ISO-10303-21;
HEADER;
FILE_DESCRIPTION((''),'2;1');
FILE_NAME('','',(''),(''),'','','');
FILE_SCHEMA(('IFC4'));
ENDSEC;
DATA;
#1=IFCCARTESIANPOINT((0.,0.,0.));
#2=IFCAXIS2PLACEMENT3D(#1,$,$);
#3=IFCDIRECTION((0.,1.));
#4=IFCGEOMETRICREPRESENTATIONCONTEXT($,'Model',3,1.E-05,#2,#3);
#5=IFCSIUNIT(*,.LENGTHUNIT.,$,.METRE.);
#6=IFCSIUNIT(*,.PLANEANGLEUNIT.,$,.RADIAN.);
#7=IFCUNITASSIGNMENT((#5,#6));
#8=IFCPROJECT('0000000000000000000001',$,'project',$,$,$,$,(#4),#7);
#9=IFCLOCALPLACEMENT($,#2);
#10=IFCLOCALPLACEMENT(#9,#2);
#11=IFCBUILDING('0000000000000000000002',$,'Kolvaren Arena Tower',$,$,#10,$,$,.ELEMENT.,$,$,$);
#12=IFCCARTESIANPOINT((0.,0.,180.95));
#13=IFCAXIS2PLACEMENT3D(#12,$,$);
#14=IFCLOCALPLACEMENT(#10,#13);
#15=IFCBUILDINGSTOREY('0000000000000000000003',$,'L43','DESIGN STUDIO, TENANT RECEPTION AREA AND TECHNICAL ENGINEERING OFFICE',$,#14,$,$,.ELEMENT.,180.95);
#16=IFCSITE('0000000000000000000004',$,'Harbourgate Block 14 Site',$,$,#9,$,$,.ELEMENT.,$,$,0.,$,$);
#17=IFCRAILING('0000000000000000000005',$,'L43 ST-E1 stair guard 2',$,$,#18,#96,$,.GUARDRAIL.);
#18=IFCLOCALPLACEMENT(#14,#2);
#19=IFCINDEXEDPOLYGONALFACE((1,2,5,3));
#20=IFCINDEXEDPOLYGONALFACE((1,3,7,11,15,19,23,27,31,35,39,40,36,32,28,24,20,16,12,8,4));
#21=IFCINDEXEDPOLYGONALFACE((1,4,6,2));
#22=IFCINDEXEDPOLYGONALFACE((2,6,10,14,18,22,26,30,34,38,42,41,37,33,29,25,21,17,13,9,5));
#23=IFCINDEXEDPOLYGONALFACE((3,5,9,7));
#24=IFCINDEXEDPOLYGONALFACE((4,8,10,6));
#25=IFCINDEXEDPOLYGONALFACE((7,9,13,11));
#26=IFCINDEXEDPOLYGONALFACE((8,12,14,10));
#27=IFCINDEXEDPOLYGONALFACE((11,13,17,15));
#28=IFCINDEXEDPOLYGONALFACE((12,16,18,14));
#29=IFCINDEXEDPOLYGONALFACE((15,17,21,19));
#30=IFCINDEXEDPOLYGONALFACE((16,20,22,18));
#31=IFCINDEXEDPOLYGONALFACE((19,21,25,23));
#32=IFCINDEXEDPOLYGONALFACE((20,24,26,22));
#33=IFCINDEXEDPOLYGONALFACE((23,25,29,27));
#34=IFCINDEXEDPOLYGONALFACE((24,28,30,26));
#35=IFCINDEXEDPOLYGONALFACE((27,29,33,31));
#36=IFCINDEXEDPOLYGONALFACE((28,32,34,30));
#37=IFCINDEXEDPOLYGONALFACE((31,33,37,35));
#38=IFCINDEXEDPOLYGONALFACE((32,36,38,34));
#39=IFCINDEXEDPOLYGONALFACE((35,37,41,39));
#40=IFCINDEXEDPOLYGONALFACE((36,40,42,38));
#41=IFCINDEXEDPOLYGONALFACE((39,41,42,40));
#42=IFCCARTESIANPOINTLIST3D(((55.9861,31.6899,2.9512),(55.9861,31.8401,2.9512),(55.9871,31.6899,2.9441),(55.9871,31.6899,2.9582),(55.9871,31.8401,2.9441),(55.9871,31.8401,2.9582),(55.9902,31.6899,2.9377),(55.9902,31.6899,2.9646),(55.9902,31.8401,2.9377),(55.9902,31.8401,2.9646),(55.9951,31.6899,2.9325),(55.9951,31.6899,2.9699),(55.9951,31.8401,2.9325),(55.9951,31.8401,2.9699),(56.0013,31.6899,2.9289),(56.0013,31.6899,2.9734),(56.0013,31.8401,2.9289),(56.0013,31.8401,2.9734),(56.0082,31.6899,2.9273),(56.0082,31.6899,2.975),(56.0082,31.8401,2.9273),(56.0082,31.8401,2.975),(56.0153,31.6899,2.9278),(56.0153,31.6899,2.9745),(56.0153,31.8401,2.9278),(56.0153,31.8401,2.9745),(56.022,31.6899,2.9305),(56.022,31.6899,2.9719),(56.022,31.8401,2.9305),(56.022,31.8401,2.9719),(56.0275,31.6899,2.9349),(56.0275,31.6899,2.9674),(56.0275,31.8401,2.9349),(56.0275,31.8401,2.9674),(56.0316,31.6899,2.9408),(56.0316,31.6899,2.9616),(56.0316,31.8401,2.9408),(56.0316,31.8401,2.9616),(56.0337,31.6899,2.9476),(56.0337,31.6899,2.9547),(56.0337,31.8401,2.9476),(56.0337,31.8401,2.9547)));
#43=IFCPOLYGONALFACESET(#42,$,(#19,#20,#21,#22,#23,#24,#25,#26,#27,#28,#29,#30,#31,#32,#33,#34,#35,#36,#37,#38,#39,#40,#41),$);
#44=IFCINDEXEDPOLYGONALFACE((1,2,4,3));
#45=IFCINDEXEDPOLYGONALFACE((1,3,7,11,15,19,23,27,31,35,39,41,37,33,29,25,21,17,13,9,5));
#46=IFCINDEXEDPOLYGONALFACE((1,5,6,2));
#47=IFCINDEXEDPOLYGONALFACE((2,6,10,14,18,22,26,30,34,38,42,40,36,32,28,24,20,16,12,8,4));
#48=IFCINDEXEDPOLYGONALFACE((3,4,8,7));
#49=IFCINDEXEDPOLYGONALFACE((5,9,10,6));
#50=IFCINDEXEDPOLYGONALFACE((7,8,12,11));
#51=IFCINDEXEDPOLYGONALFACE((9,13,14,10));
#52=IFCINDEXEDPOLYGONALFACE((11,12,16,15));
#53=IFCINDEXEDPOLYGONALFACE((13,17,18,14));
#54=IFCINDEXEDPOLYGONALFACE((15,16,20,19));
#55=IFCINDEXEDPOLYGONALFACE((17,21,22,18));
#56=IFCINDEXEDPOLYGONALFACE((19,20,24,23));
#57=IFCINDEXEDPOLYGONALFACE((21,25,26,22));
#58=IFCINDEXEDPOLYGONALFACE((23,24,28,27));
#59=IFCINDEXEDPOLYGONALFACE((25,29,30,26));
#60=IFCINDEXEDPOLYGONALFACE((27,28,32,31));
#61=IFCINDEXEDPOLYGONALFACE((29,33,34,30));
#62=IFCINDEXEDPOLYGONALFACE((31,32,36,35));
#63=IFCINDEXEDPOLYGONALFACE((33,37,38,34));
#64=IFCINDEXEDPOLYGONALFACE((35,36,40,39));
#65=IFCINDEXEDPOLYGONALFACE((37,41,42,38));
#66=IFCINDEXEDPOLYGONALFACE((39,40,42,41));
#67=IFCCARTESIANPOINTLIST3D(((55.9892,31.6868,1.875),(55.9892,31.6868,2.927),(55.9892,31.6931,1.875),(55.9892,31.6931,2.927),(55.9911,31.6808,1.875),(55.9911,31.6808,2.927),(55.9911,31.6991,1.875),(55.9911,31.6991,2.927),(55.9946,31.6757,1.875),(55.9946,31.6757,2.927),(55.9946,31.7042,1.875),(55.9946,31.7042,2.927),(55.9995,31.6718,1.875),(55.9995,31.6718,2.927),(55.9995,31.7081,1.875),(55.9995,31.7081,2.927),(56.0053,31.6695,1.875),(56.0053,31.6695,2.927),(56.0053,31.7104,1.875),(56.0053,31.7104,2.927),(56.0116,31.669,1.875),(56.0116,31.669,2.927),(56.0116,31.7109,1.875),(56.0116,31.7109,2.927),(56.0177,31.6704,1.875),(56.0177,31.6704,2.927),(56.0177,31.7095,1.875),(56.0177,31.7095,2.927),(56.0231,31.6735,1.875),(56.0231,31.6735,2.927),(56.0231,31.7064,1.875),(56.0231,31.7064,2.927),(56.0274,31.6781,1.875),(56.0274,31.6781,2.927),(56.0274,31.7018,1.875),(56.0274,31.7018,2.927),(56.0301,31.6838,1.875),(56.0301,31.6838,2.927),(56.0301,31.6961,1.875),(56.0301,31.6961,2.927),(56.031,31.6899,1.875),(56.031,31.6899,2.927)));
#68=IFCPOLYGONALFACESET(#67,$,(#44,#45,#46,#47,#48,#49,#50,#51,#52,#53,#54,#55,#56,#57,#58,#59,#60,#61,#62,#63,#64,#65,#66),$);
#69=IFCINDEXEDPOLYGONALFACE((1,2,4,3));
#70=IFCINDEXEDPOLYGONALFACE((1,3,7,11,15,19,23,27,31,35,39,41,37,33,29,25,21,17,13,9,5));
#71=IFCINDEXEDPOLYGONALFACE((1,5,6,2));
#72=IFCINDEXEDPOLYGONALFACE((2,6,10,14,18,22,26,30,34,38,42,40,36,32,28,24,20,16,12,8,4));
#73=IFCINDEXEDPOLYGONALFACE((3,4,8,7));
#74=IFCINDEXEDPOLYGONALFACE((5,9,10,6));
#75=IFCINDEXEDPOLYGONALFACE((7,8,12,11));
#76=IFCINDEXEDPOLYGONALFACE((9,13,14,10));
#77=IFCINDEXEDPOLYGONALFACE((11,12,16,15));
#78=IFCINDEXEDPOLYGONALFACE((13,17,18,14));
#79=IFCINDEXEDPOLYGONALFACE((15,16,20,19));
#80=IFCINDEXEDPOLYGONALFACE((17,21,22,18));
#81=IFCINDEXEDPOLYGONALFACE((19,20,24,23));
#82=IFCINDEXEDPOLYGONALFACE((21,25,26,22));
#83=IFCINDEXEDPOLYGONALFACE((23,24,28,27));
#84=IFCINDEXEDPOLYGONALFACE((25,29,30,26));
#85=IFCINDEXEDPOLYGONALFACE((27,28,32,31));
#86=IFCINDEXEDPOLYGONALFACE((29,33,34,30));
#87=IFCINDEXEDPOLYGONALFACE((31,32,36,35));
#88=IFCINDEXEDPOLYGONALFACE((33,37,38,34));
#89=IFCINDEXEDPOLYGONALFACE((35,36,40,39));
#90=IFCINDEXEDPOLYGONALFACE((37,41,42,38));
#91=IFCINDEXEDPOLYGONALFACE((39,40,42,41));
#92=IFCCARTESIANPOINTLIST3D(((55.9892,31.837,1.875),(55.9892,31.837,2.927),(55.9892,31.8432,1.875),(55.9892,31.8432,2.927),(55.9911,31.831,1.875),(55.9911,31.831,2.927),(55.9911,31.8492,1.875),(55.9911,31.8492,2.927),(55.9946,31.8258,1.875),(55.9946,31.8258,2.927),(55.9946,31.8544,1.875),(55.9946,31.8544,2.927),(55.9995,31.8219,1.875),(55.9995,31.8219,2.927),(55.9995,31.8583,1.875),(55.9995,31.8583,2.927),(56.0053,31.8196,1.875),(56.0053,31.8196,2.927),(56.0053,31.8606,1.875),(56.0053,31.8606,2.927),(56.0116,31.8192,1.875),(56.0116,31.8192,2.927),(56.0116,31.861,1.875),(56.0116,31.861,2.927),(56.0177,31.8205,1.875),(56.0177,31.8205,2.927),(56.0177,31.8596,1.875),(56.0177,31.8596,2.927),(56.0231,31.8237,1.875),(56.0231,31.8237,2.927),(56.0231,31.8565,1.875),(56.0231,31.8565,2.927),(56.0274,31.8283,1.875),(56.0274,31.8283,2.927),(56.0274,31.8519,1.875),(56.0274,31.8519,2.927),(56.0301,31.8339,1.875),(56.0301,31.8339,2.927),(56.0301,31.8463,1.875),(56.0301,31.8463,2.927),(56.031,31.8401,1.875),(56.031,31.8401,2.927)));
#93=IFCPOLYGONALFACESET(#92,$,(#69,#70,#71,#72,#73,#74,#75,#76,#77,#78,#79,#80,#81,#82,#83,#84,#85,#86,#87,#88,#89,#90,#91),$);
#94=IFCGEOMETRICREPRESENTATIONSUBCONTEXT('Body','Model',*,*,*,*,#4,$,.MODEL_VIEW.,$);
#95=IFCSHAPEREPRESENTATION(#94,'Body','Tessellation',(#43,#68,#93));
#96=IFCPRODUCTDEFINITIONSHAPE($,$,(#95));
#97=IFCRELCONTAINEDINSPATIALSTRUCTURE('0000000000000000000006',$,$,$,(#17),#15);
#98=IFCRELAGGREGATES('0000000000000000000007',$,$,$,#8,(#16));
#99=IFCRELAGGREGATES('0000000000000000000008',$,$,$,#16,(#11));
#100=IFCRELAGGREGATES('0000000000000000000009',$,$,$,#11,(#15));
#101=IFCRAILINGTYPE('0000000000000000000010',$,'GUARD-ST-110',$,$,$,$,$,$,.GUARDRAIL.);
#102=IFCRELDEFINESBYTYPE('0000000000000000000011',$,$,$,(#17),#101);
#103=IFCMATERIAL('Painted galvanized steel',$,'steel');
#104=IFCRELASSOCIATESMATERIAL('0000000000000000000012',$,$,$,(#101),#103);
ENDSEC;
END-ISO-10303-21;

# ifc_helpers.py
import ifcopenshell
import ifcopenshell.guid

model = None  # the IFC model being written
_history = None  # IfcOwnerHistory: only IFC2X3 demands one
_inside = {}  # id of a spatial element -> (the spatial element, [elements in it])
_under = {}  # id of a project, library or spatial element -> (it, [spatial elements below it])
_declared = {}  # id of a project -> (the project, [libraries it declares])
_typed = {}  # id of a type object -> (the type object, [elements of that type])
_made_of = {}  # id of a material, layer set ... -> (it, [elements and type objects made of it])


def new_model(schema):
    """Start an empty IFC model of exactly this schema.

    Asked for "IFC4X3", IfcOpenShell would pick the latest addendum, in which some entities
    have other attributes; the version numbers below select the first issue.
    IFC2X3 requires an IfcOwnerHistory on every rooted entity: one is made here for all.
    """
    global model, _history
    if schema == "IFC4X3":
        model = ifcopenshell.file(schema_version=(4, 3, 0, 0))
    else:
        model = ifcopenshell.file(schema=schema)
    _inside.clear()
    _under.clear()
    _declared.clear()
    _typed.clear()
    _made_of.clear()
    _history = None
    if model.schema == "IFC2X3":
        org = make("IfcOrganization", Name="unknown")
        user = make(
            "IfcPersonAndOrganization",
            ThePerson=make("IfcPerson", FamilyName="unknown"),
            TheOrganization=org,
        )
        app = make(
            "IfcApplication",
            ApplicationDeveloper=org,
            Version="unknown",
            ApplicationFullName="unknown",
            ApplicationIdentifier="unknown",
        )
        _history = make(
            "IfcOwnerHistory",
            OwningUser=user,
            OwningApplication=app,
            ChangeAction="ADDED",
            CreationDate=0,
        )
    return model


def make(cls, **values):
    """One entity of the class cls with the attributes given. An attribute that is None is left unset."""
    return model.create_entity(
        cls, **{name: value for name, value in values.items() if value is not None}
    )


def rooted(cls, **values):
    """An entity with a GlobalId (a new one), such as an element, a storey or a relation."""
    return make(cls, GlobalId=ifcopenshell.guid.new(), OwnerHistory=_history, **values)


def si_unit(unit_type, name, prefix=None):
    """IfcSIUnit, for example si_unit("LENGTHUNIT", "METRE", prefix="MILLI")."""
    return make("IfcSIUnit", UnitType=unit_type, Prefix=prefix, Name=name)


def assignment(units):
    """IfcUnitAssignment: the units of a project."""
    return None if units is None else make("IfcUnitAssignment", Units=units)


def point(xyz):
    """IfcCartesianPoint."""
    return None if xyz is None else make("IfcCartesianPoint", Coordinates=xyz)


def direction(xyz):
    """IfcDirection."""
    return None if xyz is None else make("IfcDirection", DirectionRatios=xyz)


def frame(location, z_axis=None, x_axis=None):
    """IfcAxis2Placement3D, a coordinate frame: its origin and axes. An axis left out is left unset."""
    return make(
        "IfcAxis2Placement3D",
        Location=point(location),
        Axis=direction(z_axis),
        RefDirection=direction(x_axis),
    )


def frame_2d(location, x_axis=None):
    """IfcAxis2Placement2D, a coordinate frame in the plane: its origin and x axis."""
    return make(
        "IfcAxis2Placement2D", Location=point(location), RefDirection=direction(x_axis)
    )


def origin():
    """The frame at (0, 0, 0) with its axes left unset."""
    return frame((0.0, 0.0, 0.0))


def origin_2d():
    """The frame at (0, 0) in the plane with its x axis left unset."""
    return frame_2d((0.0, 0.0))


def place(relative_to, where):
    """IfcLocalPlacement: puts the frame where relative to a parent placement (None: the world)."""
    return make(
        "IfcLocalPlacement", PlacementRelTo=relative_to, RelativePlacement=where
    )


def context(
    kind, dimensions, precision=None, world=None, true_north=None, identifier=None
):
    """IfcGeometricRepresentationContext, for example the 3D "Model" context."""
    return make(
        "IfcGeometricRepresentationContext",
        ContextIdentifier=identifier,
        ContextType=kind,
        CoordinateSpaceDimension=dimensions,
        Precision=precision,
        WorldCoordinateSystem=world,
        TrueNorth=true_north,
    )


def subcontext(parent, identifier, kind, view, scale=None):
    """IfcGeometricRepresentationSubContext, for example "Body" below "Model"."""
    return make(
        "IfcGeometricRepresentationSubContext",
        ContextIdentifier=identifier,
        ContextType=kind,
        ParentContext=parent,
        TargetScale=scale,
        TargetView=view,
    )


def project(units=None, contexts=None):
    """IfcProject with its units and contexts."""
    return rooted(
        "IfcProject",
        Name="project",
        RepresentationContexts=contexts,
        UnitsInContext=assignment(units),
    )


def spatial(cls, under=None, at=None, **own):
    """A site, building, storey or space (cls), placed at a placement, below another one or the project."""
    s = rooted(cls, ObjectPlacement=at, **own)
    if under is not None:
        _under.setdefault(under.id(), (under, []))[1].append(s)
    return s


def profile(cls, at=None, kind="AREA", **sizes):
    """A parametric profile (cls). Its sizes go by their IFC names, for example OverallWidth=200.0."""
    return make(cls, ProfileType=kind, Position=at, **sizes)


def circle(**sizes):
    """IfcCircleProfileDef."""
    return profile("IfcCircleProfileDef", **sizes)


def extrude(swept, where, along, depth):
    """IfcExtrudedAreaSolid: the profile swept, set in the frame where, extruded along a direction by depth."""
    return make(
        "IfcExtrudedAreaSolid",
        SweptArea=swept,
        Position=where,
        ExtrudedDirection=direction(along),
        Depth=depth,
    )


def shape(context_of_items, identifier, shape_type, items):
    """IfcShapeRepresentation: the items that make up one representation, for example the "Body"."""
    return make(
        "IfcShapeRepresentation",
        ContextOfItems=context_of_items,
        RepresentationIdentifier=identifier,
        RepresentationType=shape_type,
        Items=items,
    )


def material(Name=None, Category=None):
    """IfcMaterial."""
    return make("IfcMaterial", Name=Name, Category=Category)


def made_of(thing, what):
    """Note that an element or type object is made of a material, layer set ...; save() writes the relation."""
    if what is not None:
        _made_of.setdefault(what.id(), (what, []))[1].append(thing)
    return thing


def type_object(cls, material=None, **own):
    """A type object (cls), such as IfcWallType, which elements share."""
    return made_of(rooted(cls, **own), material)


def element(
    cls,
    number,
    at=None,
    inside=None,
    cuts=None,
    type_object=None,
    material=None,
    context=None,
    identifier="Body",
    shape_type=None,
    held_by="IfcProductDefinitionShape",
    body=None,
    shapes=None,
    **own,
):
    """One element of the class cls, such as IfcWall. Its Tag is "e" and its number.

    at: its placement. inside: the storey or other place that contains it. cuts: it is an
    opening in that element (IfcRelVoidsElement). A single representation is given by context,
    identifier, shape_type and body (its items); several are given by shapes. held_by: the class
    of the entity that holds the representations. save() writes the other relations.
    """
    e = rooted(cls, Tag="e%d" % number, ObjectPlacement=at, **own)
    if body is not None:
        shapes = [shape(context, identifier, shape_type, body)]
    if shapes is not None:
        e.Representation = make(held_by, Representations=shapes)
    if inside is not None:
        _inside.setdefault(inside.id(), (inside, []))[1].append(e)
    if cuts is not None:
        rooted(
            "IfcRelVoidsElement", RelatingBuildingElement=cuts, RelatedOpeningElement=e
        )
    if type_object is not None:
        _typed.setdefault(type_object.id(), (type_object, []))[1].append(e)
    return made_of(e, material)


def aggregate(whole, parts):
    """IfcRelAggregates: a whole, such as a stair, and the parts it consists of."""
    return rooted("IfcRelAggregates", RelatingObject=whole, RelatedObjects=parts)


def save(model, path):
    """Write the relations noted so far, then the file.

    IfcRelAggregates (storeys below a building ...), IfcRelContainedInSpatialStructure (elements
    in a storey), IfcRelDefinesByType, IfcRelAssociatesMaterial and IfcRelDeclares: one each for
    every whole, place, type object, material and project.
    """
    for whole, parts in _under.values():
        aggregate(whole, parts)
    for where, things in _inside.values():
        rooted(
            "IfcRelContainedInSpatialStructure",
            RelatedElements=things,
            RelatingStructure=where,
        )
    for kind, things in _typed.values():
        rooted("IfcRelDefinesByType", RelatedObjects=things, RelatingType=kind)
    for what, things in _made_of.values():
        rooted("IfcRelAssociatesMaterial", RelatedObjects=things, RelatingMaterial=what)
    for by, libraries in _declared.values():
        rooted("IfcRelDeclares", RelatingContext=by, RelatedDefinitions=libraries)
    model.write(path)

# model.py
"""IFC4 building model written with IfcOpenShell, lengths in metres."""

from ifc_helpers import new_model, si_unit, direction, frame, origin, origin_2d, place, context, subcontext, project, spatial, circle, extrude, material, type_object, element, save


model = new_model("IFC4")

# Units and contexts
model_context = context("Model", 3, precision=1e-05, world=origin(), true_north=direction((0.0, 1.0)))
body_context = subcontext(model_context, "Body", "Model", "MODEL_VIEW")
ifc_project = project(units=[si_unit("LENGTHUNIT", "METRE"), si_unit("PLANEANGLEUNIT", "RADIAN")], contexts=[model_context])

# Site, building, storey
site_placement = place(None, origin())
site = spatial("IfcSite", under=ifc_project, at=site_placement, Name="Harbourgate Block 14 Site", CompositionType="ELEMENT", RefElevation=0.0)
building_placement = place(site_placement, origin())
building = spatial("IfcBuilding", under=site, at=building_placement, Name="Kolvaren Arena Tower", CompositionType="ELEMENT")
storey_placement = place(building_placement, frame((0.0, 0.0, 180.95)))
storey = spatial("IfcBuildingStorey", under=building, at=storey_placement, Name="L43", Description="DESIGN STUDIO, TENANT RECEPTION AREA AND TECHNICAL ENGINEERING OFFICE", CompositionType="ELEMENT", Elevation=180.95)

# Railing
ifc_material_1 = material(Name="Painted galvanized steel", Category="steel")
railing_type_1 = type_object("IfcRailingType", Name="GUARD-ST-110", PredefinedType="GUARDRAIL", material=ifc_material_1)
railing_1_placement = place(storey_placement, frame((56.01, 31.6899, 1.875)))
element("IfcRailing", 1, at=railing_1_placement, inside=storey, type_object=railing_type_1, Name="L43 ST-E1 stair guard 2", PredefinedType="GUARDRAIL", context=body_context, shape_type="SweptSolid", body=[
    extrude(circle(Radius=0.0239, at=origin_2d()), frame((0.0, 0.0, 1.0762), z_axis=(0.0, 1.0, 0.0), x_axis=(-1.0, 0.0, 0.0)), (0.0, 0.0, 1.0), 0.1501),
    extrude(circle(Radius=0.021, at=origin_2d()), origin(), (0.0, 0.0, 1.0), 1.052),
    extrude(circle(Radius=0.021, at=origin_2d()), frame((0.0, 0.1501, 0.0)), (0.0, 0.0, 1.0), 1.052),
])

save(model, "model.ifc")
